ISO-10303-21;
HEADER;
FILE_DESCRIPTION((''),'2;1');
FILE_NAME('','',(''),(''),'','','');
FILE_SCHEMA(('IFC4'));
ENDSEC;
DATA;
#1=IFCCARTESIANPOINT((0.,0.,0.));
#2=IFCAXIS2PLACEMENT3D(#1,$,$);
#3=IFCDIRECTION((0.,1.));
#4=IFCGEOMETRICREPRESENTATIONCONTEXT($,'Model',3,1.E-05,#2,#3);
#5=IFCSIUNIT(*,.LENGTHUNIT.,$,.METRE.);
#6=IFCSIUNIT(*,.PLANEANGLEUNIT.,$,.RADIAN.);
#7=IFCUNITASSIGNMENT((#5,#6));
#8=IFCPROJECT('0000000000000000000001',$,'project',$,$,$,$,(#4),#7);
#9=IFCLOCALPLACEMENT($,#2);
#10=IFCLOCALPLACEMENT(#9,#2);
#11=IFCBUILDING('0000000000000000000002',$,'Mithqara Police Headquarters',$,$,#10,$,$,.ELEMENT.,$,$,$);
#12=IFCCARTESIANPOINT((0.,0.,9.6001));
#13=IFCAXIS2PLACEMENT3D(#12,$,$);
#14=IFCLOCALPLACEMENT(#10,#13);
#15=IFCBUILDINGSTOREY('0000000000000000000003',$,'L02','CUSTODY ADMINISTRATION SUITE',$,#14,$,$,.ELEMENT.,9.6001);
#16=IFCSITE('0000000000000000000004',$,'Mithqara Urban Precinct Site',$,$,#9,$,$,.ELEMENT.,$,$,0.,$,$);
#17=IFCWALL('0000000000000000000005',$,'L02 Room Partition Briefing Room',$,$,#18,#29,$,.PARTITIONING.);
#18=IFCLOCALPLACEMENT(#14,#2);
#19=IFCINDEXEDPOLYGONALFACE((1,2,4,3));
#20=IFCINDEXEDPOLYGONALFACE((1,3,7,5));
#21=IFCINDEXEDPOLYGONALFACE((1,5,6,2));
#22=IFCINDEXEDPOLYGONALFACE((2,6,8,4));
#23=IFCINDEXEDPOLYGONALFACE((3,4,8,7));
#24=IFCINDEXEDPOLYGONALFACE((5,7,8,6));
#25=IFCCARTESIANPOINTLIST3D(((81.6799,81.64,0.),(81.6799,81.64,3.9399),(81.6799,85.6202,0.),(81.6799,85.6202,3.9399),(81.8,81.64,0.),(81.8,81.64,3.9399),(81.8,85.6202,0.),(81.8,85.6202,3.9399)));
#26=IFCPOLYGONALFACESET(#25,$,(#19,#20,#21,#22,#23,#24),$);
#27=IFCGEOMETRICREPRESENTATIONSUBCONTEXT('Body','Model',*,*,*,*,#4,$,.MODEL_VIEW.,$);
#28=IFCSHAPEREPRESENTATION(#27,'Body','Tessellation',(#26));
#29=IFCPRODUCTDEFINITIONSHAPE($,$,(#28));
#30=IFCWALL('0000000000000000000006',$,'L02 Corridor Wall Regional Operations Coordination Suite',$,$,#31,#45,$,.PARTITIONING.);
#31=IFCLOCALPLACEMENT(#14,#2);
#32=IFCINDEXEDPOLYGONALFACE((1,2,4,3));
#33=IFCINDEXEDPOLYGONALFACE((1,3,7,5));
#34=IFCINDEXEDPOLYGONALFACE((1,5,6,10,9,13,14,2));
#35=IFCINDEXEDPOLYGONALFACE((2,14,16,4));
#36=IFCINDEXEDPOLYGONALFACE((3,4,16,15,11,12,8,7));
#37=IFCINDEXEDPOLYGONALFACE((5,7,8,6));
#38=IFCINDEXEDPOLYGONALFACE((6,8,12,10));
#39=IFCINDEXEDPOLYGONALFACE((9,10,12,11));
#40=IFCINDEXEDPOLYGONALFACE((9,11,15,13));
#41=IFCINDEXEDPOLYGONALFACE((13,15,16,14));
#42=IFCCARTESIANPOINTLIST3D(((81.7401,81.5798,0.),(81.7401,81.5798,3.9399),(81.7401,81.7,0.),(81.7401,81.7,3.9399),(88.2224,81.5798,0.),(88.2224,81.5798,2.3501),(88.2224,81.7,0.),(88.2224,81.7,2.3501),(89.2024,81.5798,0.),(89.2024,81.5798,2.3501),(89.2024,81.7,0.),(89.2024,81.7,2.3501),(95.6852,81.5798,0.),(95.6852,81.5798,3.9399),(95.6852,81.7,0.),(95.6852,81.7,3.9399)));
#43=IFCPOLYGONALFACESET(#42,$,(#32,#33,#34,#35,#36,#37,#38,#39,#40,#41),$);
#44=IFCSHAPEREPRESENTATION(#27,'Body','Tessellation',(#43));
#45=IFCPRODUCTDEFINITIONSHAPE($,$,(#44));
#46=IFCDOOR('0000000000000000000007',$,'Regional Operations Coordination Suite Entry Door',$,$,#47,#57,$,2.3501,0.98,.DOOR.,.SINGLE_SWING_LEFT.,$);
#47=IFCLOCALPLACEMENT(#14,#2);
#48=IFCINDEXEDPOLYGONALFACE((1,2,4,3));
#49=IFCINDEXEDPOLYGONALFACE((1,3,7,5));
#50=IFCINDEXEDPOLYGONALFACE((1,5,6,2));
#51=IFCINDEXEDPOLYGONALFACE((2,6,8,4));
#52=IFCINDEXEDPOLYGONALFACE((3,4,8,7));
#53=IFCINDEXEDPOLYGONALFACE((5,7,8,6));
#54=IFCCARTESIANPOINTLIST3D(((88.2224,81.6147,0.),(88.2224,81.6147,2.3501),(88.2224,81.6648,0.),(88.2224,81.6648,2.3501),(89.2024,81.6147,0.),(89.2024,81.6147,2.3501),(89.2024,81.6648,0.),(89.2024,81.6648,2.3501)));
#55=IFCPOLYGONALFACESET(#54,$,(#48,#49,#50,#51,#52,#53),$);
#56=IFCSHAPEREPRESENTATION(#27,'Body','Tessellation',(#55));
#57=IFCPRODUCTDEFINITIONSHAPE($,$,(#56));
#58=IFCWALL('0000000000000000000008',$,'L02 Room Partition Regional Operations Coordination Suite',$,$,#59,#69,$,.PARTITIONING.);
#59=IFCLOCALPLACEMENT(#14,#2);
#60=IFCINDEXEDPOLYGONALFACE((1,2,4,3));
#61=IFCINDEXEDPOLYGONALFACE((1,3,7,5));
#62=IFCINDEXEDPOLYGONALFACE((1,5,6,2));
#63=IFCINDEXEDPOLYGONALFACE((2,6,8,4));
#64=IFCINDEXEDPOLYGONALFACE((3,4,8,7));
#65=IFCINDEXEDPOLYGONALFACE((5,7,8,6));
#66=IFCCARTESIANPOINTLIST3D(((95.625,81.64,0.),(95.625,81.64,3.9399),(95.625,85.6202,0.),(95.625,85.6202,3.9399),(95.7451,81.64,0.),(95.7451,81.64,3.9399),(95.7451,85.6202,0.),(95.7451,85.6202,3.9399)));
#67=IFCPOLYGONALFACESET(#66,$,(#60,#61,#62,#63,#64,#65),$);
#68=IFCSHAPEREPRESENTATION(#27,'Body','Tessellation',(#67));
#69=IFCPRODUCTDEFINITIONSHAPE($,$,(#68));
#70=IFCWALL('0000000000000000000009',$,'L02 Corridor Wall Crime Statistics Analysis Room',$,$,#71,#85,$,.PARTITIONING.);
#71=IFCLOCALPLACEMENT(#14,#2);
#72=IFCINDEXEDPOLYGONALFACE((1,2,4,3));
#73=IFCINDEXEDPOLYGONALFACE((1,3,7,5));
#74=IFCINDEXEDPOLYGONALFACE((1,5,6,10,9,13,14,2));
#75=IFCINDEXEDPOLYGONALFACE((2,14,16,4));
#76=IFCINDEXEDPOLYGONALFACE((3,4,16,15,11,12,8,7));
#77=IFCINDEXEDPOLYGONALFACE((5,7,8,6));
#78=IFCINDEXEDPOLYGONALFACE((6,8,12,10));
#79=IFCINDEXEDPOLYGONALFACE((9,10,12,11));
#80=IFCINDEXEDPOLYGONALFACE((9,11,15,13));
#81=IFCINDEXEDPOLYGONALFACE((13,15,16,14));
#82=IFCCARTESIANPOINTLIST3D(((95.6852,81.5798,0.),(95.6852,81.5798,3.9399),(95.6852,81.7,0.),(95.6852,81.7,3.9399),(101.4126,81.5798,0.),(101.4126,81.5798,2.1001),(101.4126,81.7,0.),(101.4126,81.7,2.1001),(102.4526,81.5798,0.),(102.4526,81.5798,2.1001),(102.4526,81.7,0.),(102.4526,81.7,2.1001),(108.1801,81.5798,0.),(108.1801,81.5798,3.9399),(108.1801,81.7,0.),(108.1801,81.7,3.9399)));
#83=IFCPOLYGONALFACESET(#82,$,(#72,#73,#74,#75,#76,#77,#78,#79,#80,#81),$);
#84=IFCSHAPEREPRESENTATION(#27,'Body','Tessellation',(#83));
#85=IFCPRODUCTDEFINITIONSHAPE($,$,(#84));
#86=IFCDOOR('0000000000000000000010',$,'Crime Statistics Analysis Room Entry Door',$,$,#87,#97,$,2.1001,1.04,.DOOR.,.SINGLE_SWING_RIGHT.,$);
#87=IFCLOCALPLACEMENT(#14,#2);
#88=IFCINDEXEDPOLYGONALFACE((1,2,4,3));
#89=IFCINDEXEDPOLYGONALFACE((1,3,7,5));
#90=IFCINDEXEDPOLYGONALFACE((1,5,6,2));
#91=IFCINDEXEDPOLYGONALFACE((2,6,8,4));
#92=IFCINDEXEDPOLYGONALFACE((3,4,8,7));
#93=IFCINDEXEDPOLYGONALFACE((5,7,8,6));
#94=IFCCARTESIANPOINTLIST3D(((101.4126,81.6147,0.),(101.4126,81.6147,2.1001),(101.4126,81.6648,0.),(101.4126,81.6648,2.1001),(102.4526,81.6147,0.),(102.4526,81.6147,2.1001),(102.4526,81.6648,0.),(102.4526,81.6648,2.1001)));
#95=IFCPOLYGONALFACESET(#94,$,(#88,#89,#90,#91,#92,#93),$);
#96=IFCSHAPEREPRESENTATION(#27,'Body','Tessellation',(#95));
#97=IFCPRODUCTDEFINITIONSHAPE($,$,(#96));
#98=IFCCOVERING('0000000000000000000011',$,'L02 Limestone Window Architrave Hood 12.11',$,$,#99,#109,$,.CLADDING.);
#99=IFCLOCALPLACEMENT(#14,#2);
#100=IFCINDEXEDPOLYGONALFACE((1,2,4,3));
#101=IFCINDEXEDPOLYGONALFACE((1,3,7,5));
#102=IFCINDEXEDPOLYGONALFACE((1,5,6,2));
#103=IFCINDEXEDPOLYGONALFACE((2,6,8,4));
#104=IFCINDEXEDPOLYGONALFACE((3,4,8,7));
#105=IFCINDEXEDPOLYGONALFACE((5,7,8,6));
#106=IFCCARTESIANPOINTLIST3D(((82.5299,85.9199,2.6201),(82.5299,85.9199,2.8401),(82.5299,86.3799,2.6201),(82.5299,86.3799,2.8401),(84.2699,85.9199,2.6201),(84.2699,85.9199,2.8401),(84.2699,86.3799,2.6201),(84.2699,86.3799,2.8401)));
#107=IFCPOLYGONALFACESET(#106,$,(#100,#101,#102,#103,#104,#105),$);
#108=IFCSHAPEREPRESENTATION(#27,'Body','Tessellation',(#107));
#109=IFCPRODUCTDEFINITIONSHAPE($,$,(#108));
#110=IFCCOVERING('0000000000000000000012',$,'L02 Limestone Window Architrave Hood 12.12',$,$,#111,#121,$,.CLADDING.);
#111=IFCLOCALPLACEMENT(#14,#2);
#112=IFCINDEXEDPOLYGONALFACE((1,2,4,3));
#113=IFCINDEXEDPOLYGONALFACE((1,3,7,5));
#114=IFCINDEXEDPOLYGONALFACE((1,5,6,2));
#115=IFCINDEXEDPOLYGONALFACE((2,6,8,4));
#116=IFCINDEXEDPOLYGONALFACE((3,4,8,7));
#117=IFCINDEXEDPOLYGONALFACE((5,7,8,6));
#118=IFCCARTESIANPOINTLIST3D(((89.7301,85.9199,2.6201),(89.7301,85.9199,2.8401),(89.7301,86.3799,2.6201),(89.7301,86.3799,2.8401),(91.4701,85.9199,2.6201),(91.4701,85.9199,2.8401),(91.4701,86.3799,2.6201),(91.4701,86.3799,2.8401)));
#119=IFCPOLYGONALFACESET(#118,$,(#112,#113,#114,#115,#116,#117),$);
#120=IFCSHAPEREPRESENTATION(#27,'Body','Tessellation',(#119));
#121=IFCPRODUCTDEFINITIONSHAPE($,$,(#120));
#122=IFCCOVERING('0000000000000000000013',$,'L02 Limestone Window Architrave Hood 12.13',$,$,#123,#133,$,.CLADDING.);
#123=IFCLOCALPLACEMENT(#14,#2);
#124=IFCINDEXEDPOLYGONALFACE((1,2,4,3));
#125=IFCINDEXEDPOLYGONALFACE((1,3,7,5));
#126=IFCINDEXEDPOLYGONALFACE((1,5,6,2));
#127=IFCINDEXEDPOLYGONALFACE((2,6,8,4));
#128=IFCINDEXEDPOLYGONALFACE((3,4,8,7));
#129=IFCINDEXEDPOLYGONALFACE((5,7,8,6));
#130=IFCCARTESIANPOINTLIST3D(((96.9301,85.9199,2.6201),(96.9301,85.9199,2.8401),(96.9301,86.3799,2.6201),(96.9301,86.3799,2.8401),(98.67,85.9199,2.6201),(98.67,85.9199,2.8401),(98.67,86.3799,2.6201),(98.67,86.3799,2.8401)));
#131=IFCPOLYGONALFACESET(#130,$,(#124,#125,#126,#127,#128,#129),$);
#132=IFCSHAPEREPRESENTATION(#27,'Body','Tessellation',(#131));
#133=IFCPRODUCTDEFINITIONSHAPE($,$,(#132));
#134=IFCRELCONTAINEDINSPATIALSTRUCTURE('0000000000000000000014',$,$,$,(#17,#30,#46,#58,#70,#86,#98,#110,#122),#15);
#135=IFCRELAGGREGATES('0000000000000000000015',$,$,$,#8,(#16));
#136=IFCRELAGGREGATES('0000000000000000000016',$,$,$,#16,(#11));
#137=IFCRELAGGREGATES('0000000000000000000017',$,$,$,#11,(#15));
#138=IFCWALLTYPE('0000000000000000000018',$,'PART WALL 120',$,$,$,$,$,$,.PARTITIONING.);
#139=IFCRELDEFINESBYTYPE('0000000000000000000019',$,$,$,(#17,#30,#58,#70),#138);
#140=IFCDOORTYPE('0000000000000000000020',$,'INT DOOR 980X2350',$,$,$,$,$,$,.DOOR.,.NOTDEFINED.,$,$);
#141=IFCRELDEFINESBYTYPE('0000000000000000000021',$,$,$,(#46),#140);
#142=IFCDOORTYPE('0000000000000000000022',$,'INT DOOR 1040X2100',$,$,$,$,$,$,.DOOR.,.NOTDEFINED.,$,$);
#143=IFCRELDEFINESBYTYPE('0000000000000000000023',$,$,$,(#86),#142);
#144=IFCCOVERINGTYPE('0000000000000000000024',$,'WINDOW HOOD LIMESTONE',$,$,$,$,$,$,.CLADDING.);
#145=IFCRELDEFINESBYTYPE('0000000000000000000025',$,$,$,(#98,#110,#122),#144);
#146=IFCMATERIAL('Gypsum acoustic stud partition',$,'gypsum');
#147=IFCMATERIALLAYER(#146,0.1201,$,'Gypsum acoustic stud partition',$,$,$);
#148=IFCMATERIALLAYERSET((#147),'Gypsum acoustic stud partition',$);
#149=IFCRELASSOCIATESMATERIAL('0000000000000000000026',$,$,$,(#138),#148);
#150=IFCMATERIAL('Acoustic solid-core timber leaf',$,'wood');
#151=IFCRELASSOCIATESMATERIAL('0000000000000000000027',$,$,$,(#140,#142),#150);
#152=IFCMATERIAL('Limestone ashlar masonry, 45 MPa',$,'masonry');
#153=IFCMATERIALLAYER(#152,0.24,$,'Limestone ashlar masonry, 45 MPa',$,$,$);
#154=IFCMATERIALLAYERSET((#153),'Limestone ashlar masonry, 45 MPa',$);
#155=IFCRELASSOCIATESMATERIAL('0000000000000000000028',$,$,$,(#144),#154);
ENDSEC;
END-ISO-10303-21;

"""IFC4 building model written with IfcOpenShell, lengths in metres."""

from ifc_helpers import new_model, si_unit, direction, frame, frame_2d, origin, origin_2d, place, context, subcontext, project, spatial, rectangle, extrude, material, layer, layer_set, type_object, element, fill, save


model = new_model("IFC4")

# Units and contexts
model_context = context("Model", 3, precision=1e-05, world=origin(), true_north=direction((0.0, 1.0)))
body_context = subcontext(model_context, "Body", "Model", "MODEL_VIEW")
ifc_project = project(units=[si_unit("LENGTHUNIT", "METRE"), si_unit("PLANEANGLEUNIT", "RADIAN")], contexts=[model_context])

# Site, building, storey
site_placement = place(None, origin())
site = spatial("IfcSite", under=ifc_project, at=site_placement, Name="Mithqara Urban Precinct Site", CompositionType="ELEMENT", RefElevation=0.0)
building_placement = place(site_placement, origin())
building = spatial("IfcBuilding", under=site, at=building_placement, Name="Mithqara Police Headquarters", CompositionType="ELEMENT")
storey_placement = place(building_placement, frame((0.0, 0.0, 9.6001)))
storey = spatial("IfcBuildingStorey", under=building, at=storey_placement, Name="L02", Description="CUSTODY ADMINISTRATION SUITE", CompositionType="ELEMENT", Elevation=9.6001)

# Wall
ifc_material_1 = material(Name="Gypsum acoustic stud partition", Category="gypsum")
ifc_layer_1 = layer(ifc_material_1, 0.1201, Name="Gypsum acoustic stud partition")
ifc_layer_set_1 = layer_set([ifc_layer_1], Name="Gypsum acoustic stud partition")
wall_type = type_object("IfcWallType", Name="PART WALL 120", PredefinedType="PARTITIONING", material=ifc_layer_set_1)
wall_1_placement = place(storey_placement, frame((81.74, 81.6399, 0.0), z_axis=(0.0, 0.0, 1.0), x_axis=(0.0, 1.0, 0.0)))
element("IfcWall", 1, at=wall_1_placement, inside=storey, type_object=wall_type, Name="L02 Room Partition Briefing Room", PredefinedType="PARTITIONING", context=body_context, shape_type="SweptSolid", body=[
    extrude(rectangle(XDim=3.9802, YDim=0.1201, at=frame_2d((1.9902, 0.0))), origin(), (0.0, 0.0, 1.0), 3.9399),
])

# Wall, opening, door
wall_2_placement = place(storey_placement, frame((81.74, 81.6399, 0.0), z_axis=(0.0, 0.0, 1.0), x_axis=(1.0, 0.0, 0.0)))
wall_2 = element("IfcWall", 2, at=wall_2_placement, inside=storey, type_object=wall_type, Name="L02 Corridor Wall Regional Operations Coordination Suite", PredefinedType="PARTITIONING", context=body_context, shape_type="SweptSolid", body=[
    extrude(rectangle(XDim=13.9451, YDim=0.1201, at=frame_2d((6.9727, 0.0))), origin(), (0.0, 0.0, 1.0), 3.9399),
])
opening_1_placement = place(wall_2_placement, frame((6.4824, 0.0, 0.0)))
opening_1 = element("IfcOpeningElement", 3, at=opening_1_placement, cuts=wall_2, PredefinedType="OPENING", context=body_context, shape_type="SweptSolid", body=[
    extrude(rectangle(XDim=0.98, YDim=2.3501, at=frame_2d((0.49, 1.175))), frame((0.0, 0.0701, 0.0), z_axis=(0.0, -1.0, 0.0), x_axis=(1.0, 0.0, 0.0)), (0.0, 0.0, 1.0), 0.1401),
])
ifc_material_2 = material(Name="Acoustic solid-core timber leaf", Category="wood")
door_type_1 = type_object("IfcDoorType", Name="INT DOOR 980X2350", OperationType="NOTDEFINED", PredefinedType="DOOR", material=ifc_material_2)
door_1_placement = place(opening_1_placement, origin())
door_1 = element("IfcDoor", 4, at=door_1_placement, inside=storey, type_object=door_type_1, Name="Regional Operations Coordination Suite Entry Door", OperationType="SINGLE_SWING_LEFT", OverallHeight=2.3501, OverallWidth=0.98, PredefinedType="DOOR", context=body_context, shape_type="SweptSolid", body=[
    extrude(rectangle(XDim=0.98, YDim=2.3501, at=frame_2d((0.49, 1.175))), frame((0.0, 0.0249, 0.0), z_axis=(0.0, -1.0, 0.0), x_axis=(1.0, 0.0, 0.0)), (0.0, 0.0, 1.0), 0.05),
])
fill(opening_1, door_1)

# Wall
wall_3_placement = place(storey_placement, frame((95.6851, 81.6399, 0.0), z_axis=(0.0, 0.0, 1.0), x_axis=(0.0, 1.0, 0.0)))
element("IfcWall", 5, at=wall_3_placement, inside=storey, type_object=wall_type, Name="L02 Room Partition Regional Operations Coordination Suite", PredefinedType="PARTITIONING", context=body_context, shape_type="SweptSolid", body=[
    extrude(rectangle(XDim=3.9802, YDim=0.1201, at=frame_2d((1.9902, 0.0))), origin(), (0.0, 0.0, 1.0), 3.9399),
])

# Wall, opening, door
wall_4_placement = place(storey_placement, frame((95.6851, 81.6399, 0.0), z_axis=(0.0, 0.0, 1.0), x_axis=(1.0, 0.0, 0.0)))
wall_4 = element("IfcWall", 6, at=wall_4_placement, inside=storey, type_object=wall_type, Name="L02 Corridor Wall Crime Statistics Analysis Room", PredefinedType="PARTITIONING", context=body_context, shape_type="SweptSolid", body=[
    extrude(rectangle(XDim=12.4949, YDim=0.1201, at=frame_2d((6.2476, 0.0))), origin(), (0.0, 0.0, 1.0), 3.9399),
])
opening_2_placement = place(wall_4_placement, frame((5.7275, 0.0, 0.0)))
opening_2 = element("IfcOpeningElement", 7, at=opening_2_placement, cuts=wall_4, PredefinedType="OPENING", context=body_context, shape_type="SweptSolid", body=[
    extrude(rectangle(XDim=1.04, YDim=2.1001, at=frame_2d((0.52, 1.05))), frame((0.0, 0.0701, 0.0), z_axis=(0.0, -1.0, 0.0), x_axis=(1.0, 0.0, 0.0)), (0.0, 0.0, 1.0), 0.1401),
])
door_type_2 = type_object("IfcDoorType", Name="INT DOOR 1040X2100", OperationType="NOTDEFINED", PredefinedType="DOOR", material=ifc_material_2)
door_2_placement = place(opening_2_placement, origin())
door_2 = element("IfcDoor", 8, at=door_2_placement, inside=storey, type_object=door_type_2, Name="Crime Statistics Analysis Room Entry Door", OperationType="SINGLE_SWING_RIGHT", OverallHeight=2.1001, OverallWidth=1.04, PredefinedType="DOOR", context=body_context, shape_type="SweptSolid", body=[
    extrude(rectangle(XDim=1.04, YDim=2.1001, at=frame_2d((0.52, 1.05))), frame((0.0, 0.0249, 0.0), z_axis=(0.0, -1.0, 0.0), x_axis=(1.0, 0.0, 0.0)), (0.0, 0.0, 1.0), 0.05),
])
fill(opening_2, door_2)

# Coverings
ifc_material_3 = material(Name="Limestone ashlar masonry, 45 MPa", Category="masonry")
ifc_layer_2 = layer(ifc_material_3, 0.24, Name="Limestone ashlar masonry, 45 MPa")
ifc_layer_set_2 = layer_set([ifc_layer_2], Name="Limestone ashlar masonry, 45 MPa")
covering_type = type_object("IfcCoveringType", Name="WINDOW HOOD LIMESTONE", PredefinedType="CLADDING", material=ifc_layer_set_2)
for number, where, z_axis, x_axis, name in (
    (9, (83.3999, 86.1499, 2.6201), (0.0, 0.0, 1.0), (1.0, 0.0, 0.0), "L02 Limestone Window Architrave Hood 12.11"),
    (10, (90.6001, 86.1499, 2.6201), (0.0, 0.0, 1.0), (1.0, 0.0, 0.0), "L02 Limestone Window Architrave Hood 12.12"),
    (11, (97.8, 86.1499, 2.6201), (0.0, 0.0, 1.0), (1.0, 0.0, 0.0), "L02 Limestone Window Architrave Hood 12.13"),
):
    element("IfcCovering", number, at=place(storey_placement, frame(where, z_axis=z_axis, x_axis=x_axis)), inside=storey, type_object=covering_type, Name=name, PredefinedType="CLADDING", context=body_context, shape_type="SweptSolid", body=[
        extrude(rectangle(XDim=1.74, YDim=0.46, at=origin_2d()), origin(), (0.0, 0.0, 1.0), 0.22),
    ])

save(model, "model.ifc")
